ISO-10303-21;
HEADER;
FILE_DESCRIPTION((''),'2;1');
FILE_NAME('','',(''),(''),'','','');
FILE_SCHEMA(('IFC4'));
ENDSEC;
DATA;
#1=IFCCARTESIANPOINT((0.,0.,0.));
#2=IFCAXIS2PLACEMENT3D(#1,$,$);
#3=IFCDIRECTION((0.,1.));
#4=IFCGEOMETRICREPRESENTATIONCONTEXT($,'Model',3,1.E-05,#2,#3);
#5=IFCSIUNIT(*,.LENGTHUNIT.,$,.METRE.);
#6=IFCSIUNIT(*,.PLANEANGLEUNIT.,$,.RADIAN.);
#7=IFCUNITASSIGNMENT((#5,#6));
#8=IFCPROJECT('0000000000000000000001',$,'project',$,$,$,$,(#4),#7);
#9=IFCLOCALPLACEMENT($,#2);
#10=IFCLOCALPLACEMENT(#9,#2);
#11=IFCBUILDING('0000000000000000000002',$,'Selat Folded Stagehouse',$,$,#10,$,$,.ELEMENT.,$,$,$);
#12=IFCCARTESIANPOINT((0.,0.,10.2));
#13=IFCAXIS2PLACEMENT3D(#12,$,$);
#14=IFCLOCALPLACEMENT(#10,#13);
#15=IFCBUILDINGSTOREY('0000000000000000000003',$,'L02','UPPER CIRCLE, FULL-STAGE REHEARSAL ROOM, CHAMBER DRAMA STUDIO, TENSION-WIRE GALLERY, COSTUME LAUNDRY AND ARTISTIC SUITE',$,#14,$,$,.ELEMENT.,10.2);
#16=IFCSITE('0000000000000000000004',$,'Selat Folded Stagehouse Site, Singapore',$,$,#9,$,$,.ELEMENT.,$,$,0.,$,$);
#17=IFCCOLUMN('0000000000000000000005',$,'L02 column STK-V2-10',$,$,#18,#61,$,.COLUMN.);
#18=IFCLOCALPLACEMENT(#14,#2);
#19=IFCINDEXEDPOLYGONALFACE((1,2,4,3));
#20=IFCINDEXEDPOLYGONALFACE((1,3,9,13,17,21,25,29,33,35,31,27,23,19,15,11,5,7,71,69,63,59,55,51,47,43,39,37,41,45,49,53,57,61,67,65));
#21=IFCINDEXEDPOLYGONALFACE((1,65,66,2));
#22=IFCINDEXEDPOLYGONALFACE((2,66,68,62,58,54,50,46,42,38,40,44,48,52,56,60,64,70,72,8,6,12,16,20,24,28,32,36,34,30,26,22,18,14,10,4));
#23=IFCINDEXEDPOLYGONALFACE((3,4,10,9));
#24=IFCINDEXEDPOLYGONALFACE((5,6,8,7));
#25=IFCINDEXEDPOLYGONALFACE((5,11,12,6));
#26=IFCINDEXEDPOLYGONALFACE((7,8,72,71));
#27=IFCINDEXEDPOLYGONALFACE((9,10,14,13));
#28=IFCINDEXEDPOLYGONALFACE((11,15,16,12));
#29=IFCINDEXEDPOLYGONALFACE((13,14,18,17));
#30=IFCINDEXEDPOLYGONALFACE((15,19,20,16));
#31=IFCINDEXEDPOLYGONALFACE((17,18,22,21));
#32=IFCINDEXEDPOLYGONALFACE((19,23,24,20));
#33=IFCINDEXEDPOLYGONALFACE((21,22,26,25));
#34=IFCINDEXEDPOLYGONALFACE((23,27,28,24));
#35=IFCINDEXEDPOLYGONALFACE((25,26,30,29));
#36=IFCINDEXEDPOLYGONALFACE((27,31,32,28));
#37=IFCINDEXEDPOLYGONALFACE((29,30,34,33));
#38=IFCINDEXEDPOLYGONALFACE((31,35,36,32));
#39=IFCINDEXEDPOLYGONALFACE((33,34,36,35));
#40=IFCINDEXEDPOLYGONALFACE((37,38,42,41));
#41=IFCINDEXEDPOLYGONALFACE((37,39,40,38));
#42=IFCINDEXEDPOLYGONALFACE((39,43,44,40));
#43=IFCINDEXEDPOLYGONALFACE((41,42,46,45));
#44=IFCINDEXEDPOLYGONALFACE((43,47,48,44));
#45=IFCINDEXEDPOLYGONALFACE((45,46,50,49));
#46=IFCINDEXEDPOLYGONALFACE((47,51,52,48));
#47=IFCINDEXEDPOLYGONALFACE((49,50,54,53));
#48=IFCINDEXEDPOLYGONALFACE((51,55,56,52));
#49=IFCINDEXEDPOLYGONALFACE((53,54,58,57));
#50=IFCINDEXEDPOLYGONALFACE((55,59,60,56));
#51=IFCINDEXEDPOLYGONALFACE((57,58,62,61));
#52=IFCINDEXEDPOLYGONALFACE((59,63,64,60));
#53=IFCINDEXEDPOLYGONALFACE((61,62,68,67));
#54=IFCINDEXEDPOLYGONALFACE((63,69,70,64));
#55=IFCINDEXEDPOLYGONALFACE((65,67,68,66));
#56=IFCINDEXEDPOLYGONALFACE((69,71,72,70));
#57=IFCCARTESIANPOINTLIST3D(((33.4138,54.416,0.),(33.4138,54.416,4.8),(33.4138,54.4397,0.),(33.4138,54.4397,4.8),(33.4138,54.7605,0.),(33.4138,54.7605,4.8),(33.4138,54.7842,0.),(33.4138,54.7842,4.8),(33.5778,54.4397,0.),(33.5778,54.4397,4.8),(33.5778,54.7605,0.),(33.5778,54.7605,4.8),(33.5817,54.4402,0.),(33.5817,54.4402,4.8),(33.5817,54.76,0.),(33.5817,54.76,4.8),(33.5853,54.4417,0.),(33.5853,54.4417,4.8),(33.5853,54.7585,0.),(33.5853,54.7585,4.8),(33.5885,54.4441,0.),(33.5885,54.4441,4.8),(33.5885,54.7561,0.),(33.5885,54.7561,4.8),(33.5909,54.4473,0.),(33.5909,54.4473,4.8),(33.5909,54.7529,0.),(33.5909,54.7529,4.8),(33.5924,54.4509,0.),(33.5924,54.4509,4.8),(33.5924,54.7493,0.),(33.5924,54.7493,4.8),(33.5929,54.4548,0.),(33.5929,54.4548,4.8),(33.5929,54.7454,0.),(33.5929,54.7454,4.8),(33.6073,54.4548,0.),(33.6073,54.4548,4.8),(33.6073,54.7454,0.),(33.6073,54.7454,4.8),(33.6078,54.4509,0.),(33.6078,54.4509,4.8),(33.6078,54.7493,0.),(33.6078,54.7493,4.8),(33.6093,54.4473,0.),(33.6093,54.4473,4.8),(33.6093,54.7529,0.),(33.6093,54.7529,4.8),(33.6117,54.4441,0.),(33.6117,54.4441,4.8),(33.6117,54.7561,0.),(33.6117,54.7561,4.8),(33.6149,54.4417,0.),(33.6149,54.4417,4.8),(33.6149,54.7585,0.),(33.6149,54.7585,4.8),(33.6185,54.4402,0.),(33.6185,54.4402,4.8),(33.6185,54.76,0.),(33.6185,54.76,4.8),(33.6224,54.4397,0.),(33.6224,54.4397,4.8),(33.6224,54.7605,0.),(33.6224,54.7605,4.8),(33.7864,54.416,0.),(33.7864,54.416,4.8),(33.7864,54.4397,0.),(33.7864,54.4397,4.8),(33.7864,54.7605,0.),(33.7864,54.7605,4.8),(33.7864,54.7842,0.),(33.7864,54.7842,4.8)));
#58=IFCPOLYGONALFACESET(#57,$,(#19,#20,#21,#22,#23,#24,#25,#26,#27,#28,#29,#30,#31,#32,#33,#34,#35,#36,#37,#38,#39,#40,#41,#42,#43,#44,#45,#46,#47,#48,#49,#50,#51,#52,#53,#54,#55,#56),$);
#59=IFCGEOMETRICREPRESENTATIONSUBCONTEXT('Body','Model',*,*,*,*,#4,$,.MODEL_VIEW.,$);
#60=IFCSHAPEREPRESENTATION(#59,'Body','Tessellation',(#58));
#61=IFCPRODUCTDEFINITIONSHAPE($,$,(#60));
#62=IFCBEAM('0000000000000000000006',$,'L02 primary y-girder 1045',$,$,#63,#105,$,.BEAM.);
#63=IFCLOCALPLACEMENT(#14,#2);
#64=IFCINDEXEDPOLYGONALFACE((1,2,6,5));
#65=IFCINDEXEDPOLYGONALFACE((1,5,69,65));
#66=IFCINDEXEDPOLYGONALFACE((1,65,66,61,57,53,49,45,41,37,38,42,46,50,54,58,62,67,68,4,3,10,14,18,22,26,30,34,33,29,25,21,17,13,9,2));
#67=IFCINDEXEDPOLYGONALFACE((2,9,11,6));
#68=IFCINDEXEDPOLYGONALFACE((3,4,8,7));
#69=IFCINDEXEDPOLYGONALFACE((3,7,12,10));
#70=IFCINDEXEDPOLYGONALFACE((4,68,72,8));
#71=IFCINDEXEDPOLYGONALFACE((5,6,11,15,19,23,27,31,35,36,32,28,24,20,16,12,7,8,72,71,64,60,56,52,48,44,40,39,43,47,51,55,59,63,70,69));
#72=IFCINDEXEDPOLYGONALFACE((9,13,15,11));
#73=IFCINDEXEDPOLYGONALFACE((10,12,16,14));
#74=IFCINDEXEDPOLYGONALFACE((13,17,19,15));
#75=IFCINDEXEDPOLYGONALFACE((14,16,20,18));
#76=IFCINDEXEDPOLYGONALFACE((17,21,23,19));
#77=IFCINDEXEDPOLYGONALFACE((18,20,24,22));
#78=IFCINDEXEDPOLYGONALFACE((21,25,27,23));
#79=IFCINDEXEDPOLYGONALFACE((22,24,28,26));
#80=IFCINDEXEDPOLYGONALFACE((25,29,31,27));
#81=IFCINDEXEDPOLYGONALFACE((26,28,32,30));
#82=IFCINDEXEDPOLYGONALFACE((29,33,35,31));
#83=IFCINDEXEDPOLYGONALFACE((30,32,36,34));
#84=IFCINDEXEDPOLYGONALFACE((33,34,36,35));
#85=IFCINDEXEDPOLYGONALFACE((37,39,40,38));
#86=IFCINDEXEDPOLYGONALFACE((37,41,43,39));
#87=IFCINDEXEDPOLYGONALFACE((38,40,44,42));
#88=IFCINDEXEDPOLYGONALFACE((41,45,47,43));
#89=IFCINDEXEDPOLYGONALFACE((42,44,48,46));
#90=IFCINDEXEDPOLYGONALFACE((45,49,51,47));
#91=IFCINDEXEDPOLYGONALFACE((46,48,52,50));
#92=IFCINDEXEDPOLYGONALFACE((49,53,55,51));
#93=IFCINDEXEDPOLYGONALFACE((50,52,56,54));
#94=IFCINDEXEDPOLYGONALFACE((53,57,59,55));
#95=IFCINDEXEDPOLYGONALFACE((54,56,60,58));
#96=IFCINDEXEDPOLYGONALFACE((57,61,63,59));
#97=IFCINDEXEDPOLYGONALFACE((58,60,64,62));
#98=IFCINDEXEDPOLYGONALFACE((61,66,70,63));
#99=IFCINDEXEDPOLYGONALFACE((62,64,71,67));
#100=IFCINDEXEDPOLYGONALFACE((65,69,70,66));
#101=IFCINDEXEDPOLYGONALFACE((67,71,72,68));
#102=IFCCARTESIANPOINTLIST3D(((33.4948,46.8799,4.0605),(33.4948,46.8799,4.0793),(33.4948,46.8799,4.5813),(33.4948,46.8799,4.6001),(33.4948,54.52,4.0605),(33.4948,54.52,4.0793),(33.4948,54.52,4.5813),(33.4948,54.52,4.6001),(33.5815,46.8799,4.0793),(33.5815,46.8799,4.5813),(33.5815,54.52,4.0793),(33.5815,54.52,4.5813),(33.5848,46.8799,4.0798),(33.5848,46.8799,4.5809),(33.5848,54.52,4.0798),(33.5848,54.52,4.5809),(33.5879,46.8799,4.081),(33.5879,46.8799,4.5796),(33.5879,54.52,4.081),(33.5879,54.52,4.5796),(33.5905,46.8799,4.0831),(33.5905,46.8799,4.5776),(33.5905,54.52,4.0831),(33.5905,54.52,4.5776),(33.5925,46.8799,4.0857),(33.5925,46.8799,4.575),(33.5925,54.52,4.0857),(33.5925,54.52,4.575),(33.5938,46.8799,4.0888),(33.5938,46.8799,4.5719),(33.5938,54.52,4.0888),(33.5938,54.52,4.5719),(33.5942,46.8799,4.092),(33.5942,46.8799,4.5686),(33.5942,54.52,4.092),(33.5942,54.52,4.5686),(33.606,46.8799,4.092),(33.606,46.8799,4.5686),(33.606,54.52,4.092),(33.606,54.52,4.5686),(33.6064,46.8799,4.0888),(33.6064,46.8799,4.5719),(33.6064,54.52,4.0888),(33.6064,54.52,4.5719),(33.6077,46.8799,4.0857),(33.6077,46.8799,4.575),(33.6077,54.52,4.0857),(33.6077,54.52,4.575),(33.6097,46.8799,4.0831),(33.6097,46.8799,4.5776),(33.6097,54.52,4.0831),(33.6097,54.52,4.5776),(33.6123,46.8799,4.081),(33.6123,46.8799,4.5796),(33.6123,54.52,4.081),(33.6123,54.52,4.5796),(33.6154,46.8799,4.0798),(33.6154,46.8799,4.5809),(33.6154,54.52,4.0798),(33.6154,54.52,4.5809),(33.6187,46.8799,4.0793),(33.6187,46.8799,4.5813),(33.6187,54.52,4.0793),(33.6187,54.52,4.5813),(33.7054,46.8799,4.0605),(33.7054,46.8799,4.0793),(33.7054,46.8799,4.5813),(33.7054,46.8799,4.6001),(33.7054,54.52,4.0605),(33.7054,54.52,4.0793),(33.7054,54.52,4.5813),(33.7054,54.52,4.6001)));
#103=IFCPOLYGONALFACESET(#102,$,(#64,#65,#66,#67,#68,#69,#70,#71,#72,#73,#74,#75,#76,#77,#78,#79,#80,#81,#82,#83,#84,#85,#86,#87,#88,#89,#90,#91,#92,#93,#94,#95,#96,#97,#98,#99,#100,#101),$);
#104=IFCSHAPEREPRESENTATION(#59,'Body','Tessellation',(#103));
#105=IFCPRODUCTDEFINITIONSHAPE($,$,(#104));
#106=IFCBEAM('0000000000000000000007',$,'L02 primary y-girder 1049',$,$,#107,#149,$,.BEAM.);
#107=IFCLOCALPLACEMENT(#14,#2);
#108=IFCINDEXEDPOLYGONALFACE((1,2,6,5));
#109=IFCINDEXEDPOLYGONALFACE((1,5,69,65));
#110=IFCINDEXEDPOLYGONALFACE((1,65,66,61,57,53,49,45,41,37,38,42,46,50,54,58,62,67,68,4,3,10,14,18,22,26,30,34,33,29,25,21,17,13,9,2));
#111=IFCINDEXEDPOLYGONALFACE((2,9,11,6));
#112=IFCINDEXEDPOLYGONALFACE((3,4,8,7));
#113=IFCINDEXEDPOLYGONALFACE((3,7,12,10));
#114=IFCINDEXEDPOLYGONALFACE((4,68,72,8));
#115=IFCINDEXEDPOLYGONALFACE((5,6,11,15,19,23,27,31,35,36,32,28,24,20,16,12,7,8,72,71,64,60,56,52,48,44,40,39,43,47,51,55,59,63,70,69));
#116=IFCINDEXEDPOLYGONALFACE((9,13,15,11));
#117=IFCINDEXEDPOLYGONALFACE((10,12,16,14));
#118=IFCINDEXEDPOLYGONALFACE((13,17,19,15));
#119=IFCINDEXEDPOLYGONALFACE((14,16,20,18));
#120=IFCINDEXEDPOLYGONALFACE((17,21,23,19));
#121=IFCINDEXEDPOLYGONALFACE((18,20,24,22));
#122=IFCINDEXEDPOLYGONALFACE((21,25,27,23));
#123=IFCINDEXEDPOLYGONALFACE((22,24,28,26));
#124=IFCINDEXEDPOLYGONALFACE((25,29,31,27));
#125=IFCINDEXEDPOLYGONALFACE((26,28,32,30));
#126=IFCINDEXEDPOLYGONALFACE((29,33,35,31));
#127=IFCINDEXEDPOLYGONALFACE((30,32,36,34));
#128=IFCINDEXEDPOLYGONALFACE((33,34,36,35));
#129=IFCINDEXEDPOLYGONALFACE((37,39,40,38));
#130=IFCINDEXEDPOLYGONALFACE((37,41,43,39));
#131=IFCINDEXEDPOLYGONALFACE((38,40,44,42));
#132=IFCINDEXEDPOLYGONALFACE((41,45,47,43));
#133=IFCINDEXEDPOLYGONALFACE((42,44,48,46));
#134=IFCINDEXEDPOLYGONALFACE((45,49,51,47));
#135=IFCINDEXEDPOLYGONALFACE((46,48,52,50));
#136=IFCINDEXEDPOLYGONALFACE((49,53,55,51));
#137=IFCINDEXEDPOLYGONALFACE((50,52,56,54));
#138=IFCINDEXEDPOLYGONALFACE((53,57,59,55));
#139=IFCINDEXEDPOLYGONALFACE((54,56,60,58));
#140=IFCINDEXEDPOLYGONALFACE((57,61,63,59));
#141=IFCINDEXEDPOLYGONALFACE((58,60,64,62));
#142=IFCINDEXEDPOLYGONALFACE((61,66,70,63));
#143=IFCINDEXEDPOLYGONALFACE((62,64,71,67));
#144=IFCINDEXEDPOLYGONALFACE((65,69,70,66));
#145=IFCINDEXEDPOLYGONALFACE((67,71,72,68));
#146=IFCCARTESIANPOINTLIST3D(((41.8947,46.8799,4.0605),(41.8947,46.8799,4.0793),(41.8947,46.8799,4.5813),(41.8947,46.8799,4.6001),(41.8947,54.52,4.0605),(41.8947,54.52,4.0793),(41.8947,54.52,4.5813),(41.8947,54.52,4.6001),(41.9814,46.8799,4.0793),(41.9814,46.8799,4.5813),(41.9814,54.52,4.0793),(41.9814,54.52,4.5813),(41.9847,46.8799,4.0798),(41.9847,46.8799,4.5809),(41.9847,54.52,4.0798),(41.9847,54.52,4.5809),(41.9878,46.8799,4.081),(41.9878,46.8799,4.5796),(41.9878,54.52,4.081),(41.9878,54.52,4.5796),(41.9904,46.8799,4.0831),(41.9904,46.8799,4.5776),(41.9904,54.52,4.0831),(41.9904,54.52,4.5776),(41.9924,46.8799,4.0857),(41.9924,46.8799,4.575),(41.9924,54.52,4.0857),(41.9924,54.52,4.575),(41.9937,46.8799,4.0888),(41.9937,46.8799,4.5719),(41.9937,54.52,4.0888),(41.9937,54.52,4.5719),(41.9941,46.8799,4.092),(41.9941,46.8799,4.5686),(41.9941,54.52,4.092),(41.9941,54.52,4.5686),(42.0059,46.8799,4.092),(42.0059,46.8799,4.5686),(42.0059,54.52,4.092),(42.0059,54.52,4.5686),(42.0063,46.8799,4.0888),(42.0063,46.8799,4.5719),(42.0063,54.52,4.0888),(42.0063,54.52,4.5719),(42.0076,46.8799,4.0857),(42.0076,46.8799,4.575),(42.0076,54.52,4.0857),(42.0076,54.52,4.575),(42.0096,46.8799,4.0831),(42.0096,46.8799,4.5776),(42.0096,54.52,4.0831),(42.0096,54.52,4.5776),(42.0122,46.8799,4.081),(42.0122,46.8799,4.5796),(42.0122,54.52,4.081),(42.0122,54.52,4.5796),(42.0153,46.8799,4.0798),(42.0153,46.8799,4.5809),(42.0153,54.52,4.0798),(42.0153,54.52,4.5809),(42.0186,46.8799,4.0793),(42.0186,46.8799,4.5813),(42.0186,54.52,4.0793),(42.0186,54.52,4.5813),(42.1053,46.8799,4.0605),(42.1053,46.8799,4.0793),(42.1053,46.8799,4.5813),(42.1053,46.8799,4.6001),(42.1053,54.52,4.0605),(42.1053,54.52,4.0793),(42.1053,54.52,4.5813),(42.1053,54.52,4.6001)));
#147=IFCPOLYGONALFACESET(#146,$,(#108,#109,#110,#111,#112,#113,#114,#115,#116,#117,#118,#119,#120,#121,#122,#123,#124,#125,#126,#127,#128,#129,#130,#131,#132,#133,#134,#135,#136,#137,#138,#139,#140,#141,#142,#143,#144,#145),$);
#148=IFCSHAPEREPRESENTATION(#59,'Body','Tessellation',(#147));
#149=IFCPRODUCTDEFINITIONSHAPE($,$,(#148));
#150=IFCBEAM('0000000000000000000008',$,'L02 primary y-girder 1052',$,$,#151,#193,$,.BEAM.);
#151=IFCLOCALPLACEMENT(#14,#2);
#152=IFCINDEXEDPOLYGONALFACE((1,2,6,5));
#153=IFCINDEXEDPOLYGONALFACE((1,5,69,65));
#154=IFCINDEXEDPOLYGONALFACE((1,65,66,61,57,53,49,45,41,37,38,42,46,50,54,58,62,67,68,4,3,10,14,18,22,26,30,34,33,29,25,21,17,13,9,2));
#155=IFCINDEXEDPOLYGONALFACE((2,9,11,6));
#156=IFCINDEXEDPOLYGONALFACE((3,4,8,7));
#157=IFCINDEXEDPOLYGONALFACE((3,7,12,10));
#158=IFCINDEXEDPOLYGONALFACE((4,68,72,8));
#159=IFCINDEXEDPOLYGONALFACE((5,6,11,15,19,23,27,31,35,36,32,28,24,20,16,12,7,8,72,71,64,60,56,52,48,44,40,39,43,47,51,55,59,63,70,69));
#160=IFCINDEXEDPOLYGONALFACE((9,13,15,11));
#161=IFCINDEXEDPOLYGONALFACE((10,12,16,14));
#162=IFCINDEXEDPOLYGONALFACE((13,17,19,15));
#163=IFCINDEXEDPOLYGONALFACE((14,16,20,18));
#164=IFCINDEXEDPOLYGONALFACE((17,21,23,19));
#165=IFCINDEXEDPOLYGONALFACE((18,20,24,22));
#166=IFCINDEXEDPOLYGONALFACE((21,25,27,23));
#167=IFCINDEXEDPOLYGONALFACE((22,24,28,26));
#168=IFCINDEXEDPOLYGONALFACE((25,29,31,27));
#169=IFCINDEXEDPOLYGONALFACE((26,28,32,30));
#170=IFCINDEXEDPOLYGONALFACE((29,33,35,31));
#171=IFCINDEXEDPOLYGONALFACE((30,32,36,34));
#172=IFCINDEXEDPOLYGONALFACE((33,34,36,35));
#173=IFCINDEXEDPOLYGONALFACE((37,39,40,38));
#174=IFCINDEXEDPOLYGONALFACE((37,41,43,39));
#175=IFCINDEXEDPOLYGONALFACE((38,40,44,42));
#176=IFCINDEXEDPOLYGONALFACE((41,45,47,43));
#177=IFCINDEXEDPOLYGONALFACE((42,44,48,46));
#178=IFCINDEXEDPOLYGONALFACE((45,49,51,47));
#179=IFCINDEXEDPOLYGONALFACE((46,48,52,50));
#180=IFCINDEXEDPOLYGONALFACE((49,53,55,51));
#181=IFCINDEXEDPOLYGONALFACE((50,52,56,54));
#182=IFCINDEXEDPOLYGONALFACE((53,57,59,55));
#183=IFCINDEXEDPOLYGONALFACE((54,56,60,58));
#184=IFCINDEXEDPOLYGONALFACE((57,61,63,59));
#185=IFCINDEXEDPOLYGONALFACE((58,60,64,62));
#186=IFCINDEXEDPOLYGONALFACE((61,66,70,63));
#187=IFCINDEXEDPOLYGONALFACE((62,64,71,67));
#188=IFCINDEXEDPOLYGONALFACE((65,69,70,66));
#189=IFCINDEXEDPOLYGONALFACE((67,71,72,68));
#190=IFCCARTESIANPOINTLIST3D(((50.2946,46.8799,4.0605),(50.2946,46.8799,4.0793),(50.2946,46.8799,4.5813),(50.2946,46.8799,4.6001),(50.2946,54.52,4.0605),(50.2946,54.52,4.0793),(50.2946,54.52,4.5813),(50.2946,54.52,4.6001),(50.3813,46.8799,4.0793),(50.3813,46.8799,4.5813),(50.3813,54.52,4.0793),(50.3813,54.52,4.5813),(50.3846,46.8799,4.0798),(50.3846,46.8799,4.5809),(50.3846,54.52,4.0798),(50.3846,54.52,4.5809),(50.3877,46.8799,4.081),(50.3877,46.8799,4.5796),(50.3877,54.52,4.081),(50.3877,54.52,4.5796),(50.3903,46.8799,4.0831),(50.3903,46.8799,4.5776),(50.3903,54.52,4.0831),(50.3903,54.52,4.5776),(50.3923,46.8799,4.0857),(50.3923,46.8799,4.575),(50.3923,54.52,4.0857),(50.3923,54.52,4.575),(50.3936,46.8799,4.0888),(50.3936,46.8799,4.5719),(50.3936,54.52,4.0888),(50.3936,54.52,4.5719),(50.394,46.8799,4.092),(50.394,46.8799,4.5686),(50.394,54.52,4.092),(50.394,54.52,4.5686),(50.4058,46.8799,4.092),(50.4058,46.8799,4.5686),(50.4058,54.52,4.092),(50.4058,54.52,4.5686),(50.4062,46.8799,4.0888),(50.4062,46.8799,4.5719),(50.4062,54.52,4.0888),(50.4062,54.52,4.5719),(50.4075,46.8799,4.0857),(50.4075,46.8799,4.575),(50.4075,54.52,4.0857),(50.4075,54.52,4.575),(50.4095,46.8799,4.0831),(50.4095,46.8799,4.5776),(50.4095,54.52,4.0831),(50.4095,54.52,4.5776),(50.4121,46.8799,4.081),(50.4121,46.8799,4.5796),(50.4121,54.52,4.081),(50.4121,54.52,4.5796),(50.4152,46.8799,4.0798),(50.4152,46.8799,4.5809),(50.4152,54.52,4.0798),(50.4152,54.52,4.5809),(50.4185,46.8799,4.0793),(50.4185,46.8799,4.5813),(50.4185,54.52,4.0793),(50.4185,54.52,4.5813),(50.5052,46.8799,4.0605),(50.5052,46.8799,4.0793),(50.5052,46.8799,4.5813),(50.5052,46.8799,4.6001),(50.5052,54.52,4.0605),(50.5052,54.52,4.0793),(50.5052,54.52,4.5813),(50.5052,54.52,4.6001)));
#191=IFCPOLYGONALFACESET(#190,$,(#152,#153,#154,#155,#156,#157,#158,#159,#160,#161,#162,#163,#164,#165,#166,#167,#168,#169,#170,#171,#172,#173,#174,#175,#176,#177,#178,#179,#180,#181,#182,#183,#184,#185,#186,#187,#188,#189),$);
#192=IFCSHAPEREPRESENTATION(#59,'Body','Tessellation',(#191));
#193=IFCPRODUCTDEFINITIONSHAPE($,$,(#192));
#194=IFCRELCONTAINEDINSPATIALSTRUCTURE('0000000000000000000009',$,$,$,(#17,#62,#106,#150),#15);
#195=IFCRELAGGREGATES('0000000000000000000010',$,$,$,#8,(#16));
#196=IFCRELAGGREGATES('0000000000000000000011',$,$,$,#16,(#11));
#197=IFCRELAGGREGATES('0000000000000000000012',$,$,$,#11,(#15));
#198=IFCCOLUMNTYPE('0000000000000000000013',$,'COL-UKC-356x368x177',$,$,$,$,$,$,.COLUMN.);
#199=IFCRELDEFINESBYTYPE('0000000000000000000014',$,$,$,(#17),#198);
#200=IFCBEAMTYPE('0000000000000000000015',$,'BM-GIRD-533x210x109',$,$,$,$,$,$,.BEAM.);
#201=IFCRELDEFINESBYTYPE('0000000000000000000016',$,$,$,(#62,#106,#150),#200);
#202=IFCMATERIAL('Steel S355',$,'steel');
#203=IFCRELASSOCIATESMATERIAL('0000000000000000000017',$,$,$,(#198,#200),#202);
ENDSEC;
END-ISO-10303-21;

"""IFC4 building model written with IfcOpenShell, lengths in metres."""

from ifc_helpers import new_model, si_unit, direction, frame, origin, origin_2d, place, context, subcontext, project, spatial, i_section, extrude, material, material_profile, profile_set, type_object, element, save


model = new_model("IFC4")

# Units and contexts
model_context = context("Model", 3, precision=1e-05, world=origin(), true_north=direction((0.0, 1.0)))
body_context = subcontext(model_context, "Body", "Model", "MODEL_VIEW")
ifc_project = project(units=[si_unit("LENGTHUNIT", "METRE"), si_unit("PLANEANGLEUNIT", "RADIAN")], contexts=[model_context])

# Site, building, storey
site_placement = place(None, origin())
site = spatial("IfcSite", under=ifc_project, at=site_placement, Name="Selat Folded Stagehouse Site, Singapore", CompositionType="ELEMENT", RefElevation=0.0)
building_placement = place(site_placement, origin())
building = spatial("IfcBuilding", under=site, at=building_placement, Name="Selat Folded Stagehouse", CompositionType="ELEMENT")
storey_placement = place(building_placement, frame((0.0, 0.0, 10.2)))
storey = spatial("IfcBuildingStorey", under=building, at=storey_placement, Name="L02", Description="UPPER CIRCLE, FULL-STAGE REHEARSAL ROOM, CHAMBER DRAMA STUDIO, TENSION-WIRE GALLERY, COSTUME LAUNDRY AND ARTISTIC SUITE", CompositionType="ELEMENT", Elevation=10.2)

# Column
ifc_material_1 = material(Name="Steel S355", Category="steel")
ifc_material_profile_1 = material_profile(ifc_material_1, i_section(OverallWidth=0.3726, OverallDepth=0.3682, WebThickness=0.0144, FlangeThickness=0.0237, FilletRadius=0.0151, at=origin_2d()), Name="UKC 356x368x177")
ifc_profile_set_1 = profile_set([ifc_material_profile_1], Name="Steel S355")
column_type = type_object("IfcColumnType", Name="COL-UKC-356x368x177", PredefinedType="COLUMN", material=ifc_profile_set_1)
column_placement = place(storey_placement, frame((33.6001, 54.6001, 0.0), z_axis=(0.0, 0.0, 1.0), x_axis=(1.0, 0.0, 0.0)))
element("IfcColumn", 1, at=column_placement, inside=storey, type_object=column_type, Name="L02 column STK-V2-10", PredefinedType="COLUMN", context=body_context, shape_type="SweptSolid", body=[
    extrude(i_section(OverallWidth=0.3726, OverallDepth=0.3682, WebThickness=0.0144, FlangeThickness=0.0237, FilletRadius=0.0151, at=origin_2d()), origin(), (0.0, 0.0, 1.0), 4.8),
])

# Beams
ifc_material_profile_2 = material_profile(ifc_material_1, i_section(OverallWidth=0.2107, OverallDepth=0.5396, WebThickness=0.0117, FlangeThickness=0.0188, FilletRadius=0.0127, at=origin_2d()), Name="UKB 533x210x109")
ifc_profile_set_2 = profile_set([ifc_material_profile_2], Name="Steel S355")
beam_type_1 = type_object("IfcBeamType", Name="BM-GIRD-533x210x109", PredefinedType="BEAM", material=ifc_profile_set_2)
for number, where, z_axis, x_axis, name in (
    (2, (33.6001, 46.8799, 4.3303), (0.0, 1.0, 0.0), (-1.0, 0.0, 0.0), "L02 primary y-girder 1045"),
    (3, (42.0, 46.8799, 4.3303), (0.0, 1.0, 0.0), (-1.0, 0.0, 0.0), "L02 primary y-girder 1049"),
    (4, (50.3999, 46.8799, 4.3303), (0.0, 1.0, 0.0), (-1.0, 0.0, 0.0), "L02 primary y-girder 1052"),
):
    element("IfcBeam", number, at=place(storey_placement, frame(where, z_axis=z_axis, x_axis=x_axis)), inside=storey, type_object=beam_type_1, Name=name, PredefinedType="BEAM", context=body_context, shape_type="SweptSolid", body=[
        extrude(i_section(OverallWidth=0.2107, OverallDepth=0.5396, WebThickness=0.0117, FlangeThickness=0.0188, FilletRadius=0.0127, at=origin_2d()), origin(), (0.0, 0.0, 1.0), 7.6401),
    ])

save(model, "model.ifc")
